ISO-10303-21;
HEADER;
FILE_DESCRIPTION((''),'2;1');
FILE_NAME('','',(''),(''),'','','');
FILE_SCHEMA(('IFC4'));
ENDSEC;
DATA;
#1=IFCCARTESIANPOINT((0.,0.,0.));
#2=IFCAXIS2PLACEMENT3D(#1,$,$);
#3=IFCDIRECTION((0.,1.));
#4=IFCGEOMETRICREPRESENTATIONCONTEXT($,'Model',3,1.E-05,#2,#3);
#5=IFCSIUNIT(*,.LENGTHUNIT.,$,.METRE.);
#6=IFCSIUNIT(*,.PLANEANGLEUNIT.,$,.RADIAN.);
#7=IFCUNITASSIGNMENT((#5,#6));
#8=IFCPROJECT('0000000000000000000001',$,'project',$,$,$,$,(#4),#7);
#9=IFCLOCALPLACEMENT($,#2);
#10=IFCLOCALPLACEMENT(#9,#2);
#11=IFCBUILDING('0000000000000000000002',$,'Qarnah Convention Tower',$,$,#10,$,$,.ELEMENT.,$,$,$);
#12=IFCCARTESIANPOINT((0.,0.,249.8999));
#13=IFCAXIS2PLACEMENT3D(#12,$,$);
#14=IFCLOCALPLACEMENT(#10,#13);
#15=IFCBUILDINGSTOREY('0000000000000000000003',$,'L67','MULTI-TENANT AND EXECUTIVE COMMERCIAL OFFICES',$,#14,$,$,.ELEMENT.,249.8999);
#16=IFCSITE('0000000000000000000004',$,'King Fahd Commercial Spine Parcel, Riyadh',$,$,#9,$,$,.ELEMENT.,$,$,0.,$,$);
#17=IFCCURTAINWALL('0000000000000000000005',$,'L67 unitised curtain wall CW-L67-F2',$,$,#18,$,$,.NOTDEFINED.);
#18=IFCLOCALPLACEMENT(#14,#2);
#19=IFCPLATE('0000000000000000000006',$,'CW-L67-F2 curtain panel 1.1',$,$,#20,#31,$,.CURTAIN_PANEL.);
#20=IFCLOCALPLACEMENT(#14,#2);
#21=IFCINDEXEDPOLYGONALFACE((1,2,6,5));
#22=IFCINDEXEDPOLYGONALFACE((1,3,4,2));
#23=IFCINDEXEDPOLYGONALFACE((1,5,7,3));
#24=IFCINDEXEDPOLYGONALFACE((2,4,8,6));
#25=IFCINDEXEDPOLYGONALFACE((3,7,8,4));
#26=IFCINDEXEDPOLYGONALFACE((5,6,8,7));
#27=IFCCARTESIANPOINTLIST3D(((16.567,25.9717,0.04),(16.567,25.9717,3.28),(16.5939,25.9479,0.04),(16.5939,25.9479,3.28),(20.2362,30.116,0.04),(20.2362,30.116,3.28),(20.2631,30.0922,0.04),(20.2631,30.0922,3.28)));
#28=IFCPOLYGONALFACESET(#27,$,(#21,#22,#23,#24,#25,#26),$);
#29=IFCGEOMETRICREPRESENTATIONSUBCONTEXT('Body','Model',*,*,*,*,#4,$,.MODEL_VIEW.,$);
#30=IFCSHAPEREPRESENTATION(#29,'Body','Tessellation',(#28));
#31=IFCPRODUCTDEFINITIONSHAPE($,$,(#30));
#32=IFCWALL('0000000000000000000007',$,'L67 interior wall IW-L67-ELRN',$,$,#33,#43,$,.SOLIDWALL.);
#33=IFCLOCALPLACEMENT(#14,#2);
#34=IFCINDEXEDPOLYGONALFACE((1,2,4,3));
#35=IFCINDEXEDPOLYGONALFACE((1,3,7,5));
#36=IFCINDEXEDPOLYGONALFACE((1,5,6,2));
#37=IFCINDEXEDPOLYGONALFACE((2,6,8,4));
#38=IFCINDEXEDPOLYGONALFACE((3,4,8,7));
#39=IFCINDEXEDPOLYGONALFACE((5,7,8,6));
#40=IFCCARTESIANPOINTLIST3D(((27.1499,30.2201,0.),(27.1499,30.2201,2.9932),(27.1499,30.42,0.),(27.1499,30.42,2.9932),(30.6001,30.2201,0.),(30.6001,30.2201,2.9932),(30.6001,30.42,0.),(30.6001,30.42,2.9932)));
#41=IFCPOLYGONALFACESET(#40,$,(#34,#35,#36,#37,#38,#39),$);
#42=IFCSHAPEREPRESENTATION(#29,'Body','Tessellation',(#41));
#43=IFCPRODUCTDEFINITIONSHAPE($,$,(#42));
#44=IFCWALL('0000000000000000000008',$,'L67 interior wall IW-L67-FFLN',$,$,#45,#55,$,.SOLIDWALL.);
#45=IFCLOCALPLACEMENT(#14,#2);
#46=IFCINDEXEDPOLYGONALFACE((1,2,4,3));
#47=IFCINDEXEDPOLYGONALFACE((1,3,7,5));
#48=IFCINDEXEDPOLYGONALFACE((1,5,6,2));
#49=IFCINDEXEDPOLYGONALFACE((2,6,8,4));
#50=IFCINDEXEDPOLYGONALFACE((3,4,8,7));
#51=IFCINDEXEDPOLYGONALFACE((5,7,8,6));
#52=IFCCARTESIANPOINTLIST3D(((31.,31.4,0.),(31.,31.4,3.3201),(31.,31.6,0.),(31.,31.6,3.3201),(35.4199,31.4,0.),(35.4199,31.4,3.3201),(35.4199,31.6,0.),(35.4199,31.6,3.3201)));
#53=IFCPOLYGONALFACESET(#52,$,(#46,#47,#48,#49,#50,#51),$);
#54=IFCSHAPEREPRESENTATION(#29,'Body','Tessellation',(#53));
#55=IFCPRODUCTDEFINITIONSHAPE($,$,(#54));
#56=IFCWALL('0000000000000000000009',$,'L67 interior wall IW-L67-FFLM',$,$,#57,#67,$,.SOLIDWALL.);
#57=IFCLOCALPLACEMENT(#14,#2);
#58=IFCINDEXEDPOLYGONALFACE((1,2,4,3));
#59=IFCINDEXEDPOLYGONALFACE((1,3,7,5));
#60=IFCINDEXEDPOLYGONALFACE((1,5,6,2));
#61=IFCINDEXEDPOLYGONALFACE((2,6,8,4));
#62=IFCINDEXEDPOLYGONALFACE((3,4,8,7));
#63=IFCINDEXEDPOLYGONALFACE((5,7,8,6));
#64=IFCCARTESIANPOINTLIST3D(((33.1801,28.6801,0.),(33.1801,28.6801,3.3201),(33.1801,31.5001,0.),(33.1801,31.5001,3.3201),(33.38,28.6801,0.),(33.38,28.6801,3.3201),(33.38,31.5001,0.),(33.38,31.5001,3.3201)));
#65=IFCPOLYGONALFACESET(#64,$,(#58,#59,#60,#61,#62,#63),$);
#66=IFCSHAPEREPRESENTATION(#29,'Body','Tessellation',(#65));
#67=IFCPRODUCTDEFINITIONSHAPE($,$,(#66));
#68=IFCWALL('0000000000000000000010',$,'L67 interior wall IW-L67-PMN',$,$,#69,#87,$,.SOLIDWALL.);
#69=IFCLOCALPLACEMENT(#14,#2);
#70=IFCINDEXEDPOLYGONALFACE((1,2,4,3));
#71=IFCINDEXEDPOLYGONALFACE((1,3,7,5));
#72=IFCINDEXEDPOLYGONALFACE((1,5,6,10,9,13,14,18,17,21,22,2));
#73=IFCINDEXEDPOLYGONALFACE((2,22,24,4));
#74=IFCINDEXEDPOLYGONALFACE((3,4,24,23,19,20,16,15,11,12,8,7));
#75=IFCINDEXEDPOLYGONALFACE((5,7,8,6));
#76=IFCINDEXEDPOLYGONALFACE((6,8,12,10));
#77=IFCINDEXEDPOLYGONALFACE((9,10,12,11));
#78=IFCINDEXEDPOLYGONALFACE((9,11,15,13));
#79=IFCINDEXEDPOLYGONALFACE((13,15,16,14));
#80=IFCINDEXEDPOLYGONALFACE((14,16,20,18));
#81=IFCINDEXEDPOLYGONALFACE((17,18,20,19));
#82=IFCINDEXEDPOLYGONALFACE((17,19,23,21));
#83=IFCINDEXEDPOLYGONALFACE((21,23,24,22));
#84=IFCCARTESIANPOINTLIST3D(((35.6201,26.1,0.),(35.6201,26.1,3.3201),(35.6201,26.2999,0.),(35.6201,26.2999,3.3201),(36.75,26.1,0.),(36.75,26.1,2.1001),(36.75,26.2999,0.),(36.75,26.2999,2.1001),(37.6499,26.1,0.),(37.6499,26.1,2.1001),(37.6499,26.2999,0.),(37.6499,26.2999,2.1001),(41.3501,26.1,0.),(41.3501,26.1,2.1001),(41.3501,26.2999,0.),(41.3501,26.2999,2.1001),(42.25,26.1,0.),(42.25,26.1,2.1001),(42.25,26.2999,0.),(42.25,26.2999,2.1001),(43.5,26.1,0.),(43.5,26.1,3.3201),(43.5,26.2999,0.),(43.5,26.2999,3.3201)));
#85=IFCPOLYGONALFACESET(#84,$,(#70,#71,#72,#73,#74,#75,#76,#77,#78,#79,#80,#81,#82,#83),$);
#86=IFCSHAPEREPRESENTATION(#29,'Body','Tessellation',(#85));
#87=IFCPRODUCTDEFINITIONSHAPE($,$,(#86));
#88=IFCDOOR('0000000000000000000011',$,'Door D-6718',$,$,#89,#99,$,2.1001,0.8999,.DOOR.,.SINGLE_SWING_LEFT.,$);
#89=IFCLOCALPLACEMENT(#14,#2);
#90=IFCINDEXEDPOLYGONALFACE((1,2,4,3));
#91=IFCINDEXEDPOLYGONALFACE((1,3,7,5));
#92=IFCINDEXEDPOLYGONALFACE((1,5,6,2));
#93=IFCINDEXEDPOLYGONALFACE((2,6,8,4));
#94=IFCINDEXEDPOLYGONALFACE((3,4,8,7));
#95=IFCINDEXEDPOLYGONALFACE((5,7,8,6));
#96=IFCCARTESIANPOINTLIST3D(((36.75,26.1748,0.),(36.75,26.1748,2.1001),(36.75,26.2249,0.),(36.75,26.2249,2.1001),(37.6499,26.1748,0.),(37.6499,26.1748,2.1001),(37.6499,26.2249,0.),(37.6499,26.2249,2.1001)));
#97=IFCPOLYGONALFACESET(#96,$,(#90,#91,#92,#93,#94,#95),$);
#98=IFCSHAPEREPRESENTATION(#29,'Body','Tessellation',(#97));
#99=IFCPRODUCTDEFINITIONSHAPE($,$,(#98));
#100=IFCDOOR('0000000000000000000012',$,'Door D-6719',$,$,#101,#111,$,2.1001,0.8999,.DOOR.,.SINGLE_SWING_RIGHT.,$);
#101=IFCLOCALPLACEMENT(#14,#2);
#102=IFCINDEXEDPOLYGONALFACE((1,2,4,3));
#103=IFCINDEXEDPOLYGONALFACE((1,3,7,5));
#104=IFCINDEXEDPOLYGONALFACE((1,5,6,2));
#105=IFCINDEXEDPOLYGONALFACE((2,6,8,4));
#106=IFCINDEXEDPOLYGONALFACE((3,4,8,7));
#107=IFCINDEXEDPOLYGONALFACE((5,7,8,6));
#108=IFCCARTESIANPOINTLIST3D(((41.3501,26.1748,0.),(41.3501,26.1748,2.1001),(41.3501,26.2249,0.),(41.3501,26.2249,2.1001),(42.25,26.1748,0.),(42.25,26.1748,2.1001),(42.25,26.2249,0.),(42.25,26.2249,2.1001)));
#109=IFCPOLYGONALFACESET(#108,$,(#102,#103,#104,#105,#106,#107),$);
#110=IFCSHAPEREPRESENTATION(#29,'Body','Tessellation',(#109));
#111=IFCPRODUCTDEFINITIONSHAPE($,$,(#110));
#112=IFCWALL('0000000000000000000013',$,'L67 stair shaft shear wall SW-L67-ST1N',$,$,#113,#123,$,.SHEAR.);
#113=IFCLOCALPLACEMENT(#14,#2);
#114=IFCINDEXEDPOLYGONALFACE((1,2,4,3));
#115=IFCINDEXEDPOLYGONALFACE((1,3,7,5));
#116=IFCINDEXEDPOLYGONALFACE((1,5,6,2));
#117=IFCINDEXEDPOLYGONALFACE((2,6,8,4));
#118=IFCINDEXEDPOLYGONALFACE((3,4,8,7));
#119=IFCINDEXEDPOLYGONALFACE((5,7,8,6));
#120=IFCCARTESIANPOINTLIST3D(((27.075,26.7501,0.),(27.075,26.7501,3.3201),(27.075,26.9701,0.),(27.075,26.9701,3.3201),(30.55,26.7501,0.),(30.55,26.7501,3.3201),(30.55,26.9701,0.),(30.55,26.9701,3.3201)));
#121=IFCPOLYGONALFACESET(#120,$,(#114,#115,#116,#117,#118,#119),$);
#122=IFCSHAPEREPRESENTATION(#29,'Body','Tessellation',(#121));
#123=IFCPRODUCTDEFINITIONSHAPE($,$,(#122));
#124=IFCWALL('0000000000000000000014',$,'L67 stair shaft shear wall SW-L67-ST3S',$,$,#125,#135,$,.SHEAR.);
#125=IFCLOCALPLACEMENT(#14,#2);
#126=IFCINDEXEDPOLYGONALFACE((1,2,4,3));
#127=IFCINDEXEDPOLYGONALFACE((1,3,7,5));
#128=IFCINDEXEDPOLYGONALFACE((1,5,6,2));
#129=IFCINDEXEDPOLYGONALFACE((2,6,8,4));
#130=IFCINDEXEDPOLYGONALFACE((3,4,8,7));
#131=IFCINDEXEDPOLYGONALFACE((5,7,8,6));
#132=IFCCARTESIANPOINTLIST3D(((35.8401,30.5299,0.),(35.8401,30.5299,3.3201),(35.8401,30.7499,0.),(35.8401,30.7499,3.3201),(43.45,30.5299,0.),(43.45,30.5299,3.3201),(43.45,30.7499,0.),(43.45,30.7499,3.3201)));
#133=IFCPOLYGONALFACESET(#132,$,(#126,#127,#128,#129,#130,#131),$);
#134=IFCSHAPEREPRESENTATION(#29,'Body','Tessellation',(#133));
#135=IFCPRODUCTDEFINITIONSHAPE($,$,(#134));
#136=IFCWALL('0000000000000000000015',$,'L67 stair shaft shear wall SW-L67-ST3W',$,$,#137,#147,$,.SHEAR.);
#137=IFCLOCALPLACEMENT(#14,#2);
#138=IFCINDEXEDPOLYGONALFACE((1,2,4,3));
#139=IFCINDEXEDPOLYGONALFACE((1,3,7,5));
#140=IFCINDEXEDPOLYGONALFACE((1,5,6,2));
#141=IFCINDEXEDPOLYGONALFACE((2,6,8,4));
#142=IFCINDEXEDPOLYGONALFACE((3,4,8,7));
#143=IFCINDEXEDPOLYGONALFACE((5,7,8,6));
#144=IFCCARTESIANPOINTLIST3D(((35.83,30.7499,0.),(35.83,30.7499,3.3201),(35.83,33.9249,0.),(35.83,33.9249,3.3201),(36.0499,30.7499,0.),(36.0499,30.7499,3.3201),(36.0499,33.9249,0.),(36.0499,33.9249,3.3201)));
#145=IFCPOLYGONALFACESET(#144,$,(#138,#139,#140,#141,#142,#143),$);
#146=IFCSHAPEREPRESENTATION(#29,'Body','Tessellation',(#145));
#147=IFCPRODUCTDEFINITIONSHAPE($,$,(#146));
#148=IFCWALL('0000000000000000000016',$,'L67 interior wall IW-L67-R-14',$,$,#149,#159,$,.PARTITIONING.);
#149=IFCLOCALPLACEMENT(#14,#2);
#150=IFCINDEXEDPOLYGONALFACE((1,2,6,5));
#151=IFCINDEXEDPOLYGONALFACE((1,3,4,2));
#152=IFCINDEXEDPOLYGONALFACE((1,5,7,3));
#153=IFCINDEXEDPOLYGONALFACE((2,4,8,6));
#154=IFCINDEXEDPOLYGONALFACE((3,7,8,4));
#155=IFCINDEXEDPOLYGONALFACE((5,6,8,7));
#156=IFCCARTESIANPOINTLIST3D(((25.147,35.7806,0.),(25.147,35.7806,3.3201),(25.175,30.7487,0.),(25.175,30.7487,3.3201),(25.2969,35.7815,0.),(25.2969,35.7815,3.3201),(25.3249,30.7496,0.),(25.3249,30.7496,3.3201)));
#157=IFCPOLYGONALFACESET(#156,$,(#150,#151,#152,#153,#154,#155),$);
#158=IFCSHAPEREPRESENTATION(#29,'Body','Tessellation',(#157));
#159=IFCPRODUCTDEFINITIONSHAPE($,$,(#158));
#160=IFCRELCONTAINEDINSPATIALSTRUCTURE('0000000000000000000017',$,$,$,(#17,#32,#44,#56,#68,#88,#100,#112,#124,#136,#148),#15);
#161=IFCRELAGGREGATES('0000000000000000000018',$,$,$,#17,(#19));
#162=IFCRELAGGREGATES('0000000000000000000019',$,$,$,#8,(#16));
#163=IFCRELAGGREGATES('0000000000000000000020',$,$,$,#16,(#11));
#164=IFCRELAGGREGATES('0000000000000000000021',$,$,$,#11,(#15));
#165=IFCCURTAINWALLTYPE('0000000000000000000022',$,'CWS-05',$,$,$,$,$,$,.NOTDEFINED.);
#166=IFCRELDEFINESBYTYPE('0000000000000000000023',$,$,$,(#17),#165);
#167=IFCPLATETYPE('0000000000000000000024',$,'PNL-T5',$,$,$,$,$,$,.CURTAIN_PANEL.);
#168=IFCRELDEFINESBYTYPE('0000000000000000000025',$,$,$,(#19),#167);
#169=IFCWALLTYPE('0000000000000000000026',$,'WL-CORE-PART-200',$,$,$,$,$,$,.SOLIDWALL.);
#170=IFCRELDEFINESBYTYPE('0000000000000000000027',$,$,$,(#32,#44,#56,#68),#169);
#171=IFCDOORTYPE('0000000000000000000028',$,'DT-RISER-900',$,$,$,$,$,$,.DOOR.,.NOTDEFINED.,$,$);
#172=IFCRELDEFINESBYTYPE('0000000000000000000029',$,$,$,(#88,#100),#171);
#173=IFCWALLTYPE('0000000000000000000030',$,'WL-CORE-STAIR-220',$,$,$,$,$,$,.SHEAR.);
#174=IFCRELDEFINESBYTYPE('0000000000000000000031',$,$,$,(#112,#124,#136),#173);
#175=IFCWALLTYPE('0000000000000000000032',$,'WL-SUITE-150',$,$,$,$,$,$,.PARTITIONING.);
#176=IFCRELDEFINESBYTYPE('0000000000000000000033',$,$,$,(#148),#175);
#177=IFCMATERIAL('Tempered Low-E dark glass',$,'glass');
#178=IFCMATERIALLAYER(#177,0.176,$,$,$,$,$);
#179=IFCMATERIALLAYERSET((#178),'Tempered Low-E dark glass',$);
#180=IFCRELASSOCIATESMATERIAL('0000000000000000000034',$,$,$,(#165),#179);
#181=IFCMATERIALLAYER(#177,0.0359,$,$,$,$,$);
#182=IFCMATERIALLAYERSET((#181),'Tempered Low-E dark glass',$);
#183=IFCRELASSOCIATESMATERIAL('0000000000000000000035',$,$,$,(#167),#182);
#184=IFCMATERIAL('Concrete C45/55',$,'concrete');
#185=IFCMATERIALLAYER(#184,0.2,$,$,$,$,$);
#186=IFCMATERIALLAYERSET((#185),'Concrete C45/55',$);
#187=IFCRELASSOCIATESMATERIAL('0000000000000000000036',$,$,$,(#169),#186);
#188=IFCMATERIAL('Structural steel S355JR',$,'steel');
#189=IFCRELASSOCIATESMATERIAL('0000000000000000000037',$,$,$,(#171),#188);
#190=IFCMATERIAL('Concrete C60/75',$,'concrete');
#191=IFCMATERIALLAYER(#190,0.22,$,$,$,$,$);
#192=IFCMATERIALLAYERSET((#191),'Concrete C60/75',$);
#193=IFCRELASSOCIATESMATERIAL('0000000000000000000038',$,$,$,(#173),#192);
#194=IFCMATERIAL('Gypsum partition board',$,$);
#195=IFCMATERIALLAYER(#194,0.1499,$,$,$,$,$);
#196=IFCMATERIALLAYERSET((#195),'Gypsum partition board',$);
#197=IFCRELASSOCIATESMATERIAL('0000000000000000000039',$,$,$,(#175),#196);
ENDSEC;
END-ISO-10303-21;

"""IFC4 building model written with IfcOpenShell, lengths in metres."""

from ifc_helpers import new_model, si_unit, direction, frame, frame_2d, origin, origin_2d, place, context, subcontext, project, spatial, rectangle, extrude, material, layer, layer_set, type_object, element, fill, aggregate, save


model = new_model("IFC4")

# Units and contexts
model_context = context("Model", 3, precision=1e-05, world=origin(), true_north=direction((0.0, 1.0)))
body_context = subcontext(model_context, "Body", "Model", "MODEL_VIEW")
ifc_project = project(units=[si_unit("LENGTHUNIT", "METRE"), si_unit("PLANEANGLEUNIT", "RADIAN")], contexts=[model_context])

# Site, building, storey
site_placement = place(None, origin())
site = spatial("IfcSite", under=ifc_project, at=site_placement, Name="King Fahd Commercial Spine Parcel, Riyadh", CompositionType="ELEMENT", RefElevation=0.0)
building_placement = place(site_placement, origin())
building = spatial("IfcBuilding", under=site, at=building_placement, Name="Qarnah Convention Tower", CompositionType="ELEMENT")
storey_placement = place(building_placement, frame((0.0, 0.0, 249.8999)))
storey = spatial("IfcBuildingStorey", under=building, at=storey_placement, Name="L67", Description="MULTI-TENANT AND EXECUTIVE COMMERCIAL OFFICES", CompositionType="ELEMENT", Elevation=249.8999)

# Shared definitions
ifc_material_1 = material(Name="Structural steel S355JR", Category="steel")

# Curtain wall, plate
ifc_material_2 = material(Name="Tempered Low-E dark glass", Category="glass")
ifc_layer_1 = layer(ifc_material_2, 0.176)
ifc_layer_set_1 = layer_set([ifc_layer_1], Name="Tempered Low-E dark glass")
curtain_wall_type = type_object("IfcCurtainWallType", Name="CWS-05", PredefinedType="NOTDEFINED", material=ifc_layer_set_1)
curtain_wall_placement = place(storey_placement, origin())
curtain_wall = element("IfcCurtainWall", 1, at=curtain_wall_placement, inside=storey, type_object=curtain_wall_type, Name="L67 unitised curtain wall CW-L67-F2", PredefinedType="NOTDEFINED")
ifc_layer_2 = layer(ifc_material_2, 0.0359)
ifc_layer_set_2 = layer_set([ifc_layer_2], Name="Tempered Low-E dark glass")
plate_type = type_object("IfcPlateType", Name="PNL-T5", PredefinedType="CURTAIN_PANEL", material=ifc_layer_set_2)
plate_placement = place(storey_placement, frame((18.415, 28.032, 0.04), z_axis=(0.0, 0.0, 1.0), x_axis=(0.662884, 0.748723, 0.0)))
plate = element("IfcPlate", 2, at=plate_placement, type_object=plate_type, Name="CW-L67-F2 curtain panel 1.1", PredefinedType="CURTAIN_PANEL", context=body_context, shape_type="SweptSolid", body=[
    extrude(rectangle(XDim=5.5352, YDim=0.0359, at=origin_2d()), origin(), (0.0, 0.0, 1.0), 3.24),
])
aggregate(curtain_wall, [plate])

# Wall
ifc_material_3 = material(Name="Concrete C45/55", Category="concrete")
ifc_layer_3 = layer(ifc_material_3, 0.2)
ifc_layer_set_3 = layer_set([ifc_layer_3], Name="Concrete C45/55")
wall_type_1 = type_object("IfcWallType", Name="WL-CORE-PART-200", PredefinedType="SOLIDWALL", material=ifc_layer_set_3)
wall_1_placement = place(storey_placement, frame((27.1499, 30.3201, 0.0), z_axis=(0.0, 0.0, 1.0), x_axis=(1.0, 0.0, 0.0)))
element("IfcWall", 3, at=wall_1_placement, inside=storey, type_object=wall_type_1, Name="L67 interior wall IW-L67-ELRN", PredefinedType="SOLIDWALL", context=body_context, shape_type="SweptSolid", body=[
    extrude(rectangle(XDim=3.4502, YDim=0.2, at=frame_2d((1.7251, 0.0))), origin(), (0.0, 0.0, 1.0), 2.9932),
])

# Walls
wall_2_placement = place(storey_placement, frame((31.0, 31.5, 0.0), z_axis=(0.0, 0.0, 1.0), x_axis=(1.0, 0.0, 0.0)))
element("IfcWall", 4, at=wall_2_placement, inside=storey, type_object=wall_type_1, Name="L67 interior wall IW-L67-FFLN", PredefinedType="SOLIDWALL", context=body_context, shape_type="SweptSolid", body=[
    extrude(rectangle(XDim=4.4199, YDim=0.2, at=frame_2d((2.21, 0.0))), origin(), (0.0, 0.0, 1.0), 3.3201),
])
wall_3_placement = place(storey_placement, frame((33.28, 28.6799, 0.0), z_axis=(0.0, 0.0, 1.0), x_axis=(0.0, 1.0, 0.0)))
element("IfcWall", 5, at=wall_3_placement, inside=storey, type_object=wall_type_1, Name="L67 interior wall IW-L67-FFLM", PredefinedType="SOLIDWALL", context=body_context, shape_type="SweptSolid", body=[
    extrude(rectangle(XDim=2.8201, YDim=0.2, at=frame_2d((1.4102, 0.0))), origin(), (0.0, 0.0, 1.0), 3.3201),
])

# Wall, openings, doors
wall_4_placement = place(storey_placement, frame((35.6201, 26.2, 0.0), z_axis=(0.0, 0.0, 1.0), x_axis=(1.0, 0.0, 0.0)))
wall_4 = element("IfcWall", 6, at=wall_4_placement, inside=storey, type_object=wall_type_1, Name="L67 interior wall IW-L67-PMN", PredefinedType="SOLIDWALL", context=body_context, shape_type="SweptSolid", body=[
    extrude(rectangle(XDim=7.8799, YDim=0.2, at=frame_2d((3.9399, 0.0))), origin(), (0.0, 0.0, 1.0), 3.3201),
])
opening_1_placement = place(wall_4_placement, frame((1.1299, 0.0, 0.0)))
opening_1 = element("IfcOpeningElement", 7, at=opening_1_placement, cuts=wall_4, PredefinedType="OPENING", context=body_context, shape_type="SweptSolid", body=[
    extrude(rectangle(XDim=0.8999, YDim=2.1001, at=frame_2d((0.45, 1.05))), frame((0.0, 0.1099, 0.0), z_axis=(0.0, -1.0, 0.0), x_axis=(1.0, 0.0, 0.0)), (0.0, 0.0, 1.0), 0.22),
])
opening_2_placement = place(wall_4_placement, frame((5.73, 0.0, 0.0)))
opening_2 = element("IfcOpeningElement", 8, at=opening_2_placement, cuts=wall_4, PredefinedType="OPENING", context=body_context, shape_type="SweptSolid", body=[
    extrude(rectangle(XDim=0.8999, YDim=2.1001, at=frame_2d((0.45, 1.05))), frame((0.0, 0.1099, 0.0), z_axis=(0.0, -1.0, 0.0), x_axis=(1.0, 0.0, 0.0)), (0.0, 0.0, 1.0), 0.22),
])
door_type_1 = type_object("IfcDoorType", Name="DT-RISER-900", OperationType="NOTDEFINED", PredefinedType="DOOR", material=ifc_material_1)
door_1_placement = place(opening_1_placement, origin())
door_1 = element("IfcDoor", 9, at=door_1_placement, inside=storey, type_object=door_type_1, Name="Door D-6718", OperationType="SINGLE_SWING_LEFT", OverallHeight=2.1001, OverallWidth=0.8999, PredefinedType="DOOR", context=body_context, shape_type="SweptSolid", body=[
    extrude(rectangle(XDim=0.8999, YDim=2.1001, at=frame_2d((0.45, 1.05))), frame((0.0, 0.0249, 0.0), z_axis=(0.0, -1.0, 0.0), x_axis=(1.0, 0.0, 0.0)), (0.0, 0.0, 1.0), 0.05),
])
fill(opening_1, door_1)
door_2_placement = place(opening_2_placement, origin())
door_2 = element("IfcDoor", 10, at=door_2_placement, inside=storey, type_object=door_type_1, Name="Door D-6719", OperationType="SINGLE_SWING_RIGHT", OverallHeight=2.1001, OverallWidth=0.8999, PredefinedType="DOOR", context=body_context, shape_type="SweptSolid", body=[
    extrude(rectangle(XDim=0.8999, YDim=2.1001, at=frame_2d((0.45, 1.05))), frame((0.0, 0.0249, 0.0), z_axis=(0.0, -1.0, 0.0), x_axis=(1.0, 0.0, 0.0)), (0.0, 0.0, 1.0), 0.05),
])
fill(opening_2, door_2)

# Walls
ifc_material_4 = material(Name="Concrete C60/75", Category="concrete")
ifc_layer_4 = layer(ifc_material_4, 0.22)
ifc_layer_set_4 = layer_set([ifc_layer_4], Name="Concrete C60/75")
wall_type_2 = type_object("IfcWallType", Name="WL-CORE-STAIR-220", PredefinedType="SHEAR", material=ifc_layer_set_4)
wall_5_placement = place(storey_placement, frame((27.075, 26.8601, 0.0), z_axis=(0.0, 0.0, 1.0), x_axis=(1.0, 0.0, 0.0)))
element("IfcWall", 11, at=wall_5_placement, inside=storey, type_object=wall_type_2, Name="L67 stair shaft shear wall SW-L67-ST1N", PredefinedType="SHEAR", context=body_context, shape_type="SweptSolid", body=[
    extrude(rectangle(XDim=3.4751, YDim=0.22, at=frame_2d((1.7375, 0.0))), origin(), (0.0, 0.0, 1.0), 3.3201),
])
wall_6_placement = place(storey_placement, frame((35.8401, 30.6399, 0.0), z_axis=(0.0, 0.0, 1.0), x_axis=(1.0, 0.0, 0.0)))
element("IfcWall", 12, at=wall_6_placement, inside=storey, type_object=wall_type_2, Name="L67 stair shaft shear wall SW-L67-ST3S", PredefinedType="SHEAR", context=body_context, shape_type="SweptSolid", body=[
    extrude(rectangle(XDim=7.6099, YDim=0.22, at=frame_2d((3.8049, 0.0))), origin(), (0.0, 0.0, 1.0), 3.3201),
])
wall_7_placement = place(storey_placement, frame((35.9399, 30.75, 0.0), z_axis=(0.0, 0.0, 1.0), x_axis=(0.0, 1.0, 0.0)))
element("IfcWall", 13, at=wall_7_placement, inside=storey, type_object=wall_type_2, Name="L67 stair shaft shear wall SW-L67-ST3W", PredefinedType="SHEAR", context=body_context, shape_type="SweptSolid", body=[
    extrude(rectangle(XDim=3.175, YDim=0.22, at=frame_2d((1.5874, 0.0))), origin(), (0.0, 0.0, 1.0), 3.3201),
])
ifc_material_5 = material(Name="Gypsum partition board")
ifc_layer_5 = layer(ifc_material_5, 0.1499)
ifc_layer_set_5 = layer_set([ifc_layer_5], Name="Gypsum partition board")
wall_type_3 = type_object("IfcWallType", Name="WL-SUITE-150", PredefinedType="PARTITIONING", material=ifc_layer_set_5)
wall_8_placement = place(storey_placement, frame((25.25, 30.749, 0.0), z_axis=(0.0, 0.0, 1.0), x_axis=(-0.005579, 0.999984, 0.0)))
element("IfcWall", 14, at=wall_8_placement, inside=storey, type_object=wall_type_3, Name="L67 interior wall IW-L67-R-14", PredefinedType="PARTITIONING", context=body_context, shape_type="SweptSolid", body=[
    extrude(rectangle(XDim=5.032, YDim=0.1499, at=frame_2d((2.5161, 0.0))), origin(), (0.0, 0.0, 1.0), 3.3201),
])

save(model, "model.ifc")
